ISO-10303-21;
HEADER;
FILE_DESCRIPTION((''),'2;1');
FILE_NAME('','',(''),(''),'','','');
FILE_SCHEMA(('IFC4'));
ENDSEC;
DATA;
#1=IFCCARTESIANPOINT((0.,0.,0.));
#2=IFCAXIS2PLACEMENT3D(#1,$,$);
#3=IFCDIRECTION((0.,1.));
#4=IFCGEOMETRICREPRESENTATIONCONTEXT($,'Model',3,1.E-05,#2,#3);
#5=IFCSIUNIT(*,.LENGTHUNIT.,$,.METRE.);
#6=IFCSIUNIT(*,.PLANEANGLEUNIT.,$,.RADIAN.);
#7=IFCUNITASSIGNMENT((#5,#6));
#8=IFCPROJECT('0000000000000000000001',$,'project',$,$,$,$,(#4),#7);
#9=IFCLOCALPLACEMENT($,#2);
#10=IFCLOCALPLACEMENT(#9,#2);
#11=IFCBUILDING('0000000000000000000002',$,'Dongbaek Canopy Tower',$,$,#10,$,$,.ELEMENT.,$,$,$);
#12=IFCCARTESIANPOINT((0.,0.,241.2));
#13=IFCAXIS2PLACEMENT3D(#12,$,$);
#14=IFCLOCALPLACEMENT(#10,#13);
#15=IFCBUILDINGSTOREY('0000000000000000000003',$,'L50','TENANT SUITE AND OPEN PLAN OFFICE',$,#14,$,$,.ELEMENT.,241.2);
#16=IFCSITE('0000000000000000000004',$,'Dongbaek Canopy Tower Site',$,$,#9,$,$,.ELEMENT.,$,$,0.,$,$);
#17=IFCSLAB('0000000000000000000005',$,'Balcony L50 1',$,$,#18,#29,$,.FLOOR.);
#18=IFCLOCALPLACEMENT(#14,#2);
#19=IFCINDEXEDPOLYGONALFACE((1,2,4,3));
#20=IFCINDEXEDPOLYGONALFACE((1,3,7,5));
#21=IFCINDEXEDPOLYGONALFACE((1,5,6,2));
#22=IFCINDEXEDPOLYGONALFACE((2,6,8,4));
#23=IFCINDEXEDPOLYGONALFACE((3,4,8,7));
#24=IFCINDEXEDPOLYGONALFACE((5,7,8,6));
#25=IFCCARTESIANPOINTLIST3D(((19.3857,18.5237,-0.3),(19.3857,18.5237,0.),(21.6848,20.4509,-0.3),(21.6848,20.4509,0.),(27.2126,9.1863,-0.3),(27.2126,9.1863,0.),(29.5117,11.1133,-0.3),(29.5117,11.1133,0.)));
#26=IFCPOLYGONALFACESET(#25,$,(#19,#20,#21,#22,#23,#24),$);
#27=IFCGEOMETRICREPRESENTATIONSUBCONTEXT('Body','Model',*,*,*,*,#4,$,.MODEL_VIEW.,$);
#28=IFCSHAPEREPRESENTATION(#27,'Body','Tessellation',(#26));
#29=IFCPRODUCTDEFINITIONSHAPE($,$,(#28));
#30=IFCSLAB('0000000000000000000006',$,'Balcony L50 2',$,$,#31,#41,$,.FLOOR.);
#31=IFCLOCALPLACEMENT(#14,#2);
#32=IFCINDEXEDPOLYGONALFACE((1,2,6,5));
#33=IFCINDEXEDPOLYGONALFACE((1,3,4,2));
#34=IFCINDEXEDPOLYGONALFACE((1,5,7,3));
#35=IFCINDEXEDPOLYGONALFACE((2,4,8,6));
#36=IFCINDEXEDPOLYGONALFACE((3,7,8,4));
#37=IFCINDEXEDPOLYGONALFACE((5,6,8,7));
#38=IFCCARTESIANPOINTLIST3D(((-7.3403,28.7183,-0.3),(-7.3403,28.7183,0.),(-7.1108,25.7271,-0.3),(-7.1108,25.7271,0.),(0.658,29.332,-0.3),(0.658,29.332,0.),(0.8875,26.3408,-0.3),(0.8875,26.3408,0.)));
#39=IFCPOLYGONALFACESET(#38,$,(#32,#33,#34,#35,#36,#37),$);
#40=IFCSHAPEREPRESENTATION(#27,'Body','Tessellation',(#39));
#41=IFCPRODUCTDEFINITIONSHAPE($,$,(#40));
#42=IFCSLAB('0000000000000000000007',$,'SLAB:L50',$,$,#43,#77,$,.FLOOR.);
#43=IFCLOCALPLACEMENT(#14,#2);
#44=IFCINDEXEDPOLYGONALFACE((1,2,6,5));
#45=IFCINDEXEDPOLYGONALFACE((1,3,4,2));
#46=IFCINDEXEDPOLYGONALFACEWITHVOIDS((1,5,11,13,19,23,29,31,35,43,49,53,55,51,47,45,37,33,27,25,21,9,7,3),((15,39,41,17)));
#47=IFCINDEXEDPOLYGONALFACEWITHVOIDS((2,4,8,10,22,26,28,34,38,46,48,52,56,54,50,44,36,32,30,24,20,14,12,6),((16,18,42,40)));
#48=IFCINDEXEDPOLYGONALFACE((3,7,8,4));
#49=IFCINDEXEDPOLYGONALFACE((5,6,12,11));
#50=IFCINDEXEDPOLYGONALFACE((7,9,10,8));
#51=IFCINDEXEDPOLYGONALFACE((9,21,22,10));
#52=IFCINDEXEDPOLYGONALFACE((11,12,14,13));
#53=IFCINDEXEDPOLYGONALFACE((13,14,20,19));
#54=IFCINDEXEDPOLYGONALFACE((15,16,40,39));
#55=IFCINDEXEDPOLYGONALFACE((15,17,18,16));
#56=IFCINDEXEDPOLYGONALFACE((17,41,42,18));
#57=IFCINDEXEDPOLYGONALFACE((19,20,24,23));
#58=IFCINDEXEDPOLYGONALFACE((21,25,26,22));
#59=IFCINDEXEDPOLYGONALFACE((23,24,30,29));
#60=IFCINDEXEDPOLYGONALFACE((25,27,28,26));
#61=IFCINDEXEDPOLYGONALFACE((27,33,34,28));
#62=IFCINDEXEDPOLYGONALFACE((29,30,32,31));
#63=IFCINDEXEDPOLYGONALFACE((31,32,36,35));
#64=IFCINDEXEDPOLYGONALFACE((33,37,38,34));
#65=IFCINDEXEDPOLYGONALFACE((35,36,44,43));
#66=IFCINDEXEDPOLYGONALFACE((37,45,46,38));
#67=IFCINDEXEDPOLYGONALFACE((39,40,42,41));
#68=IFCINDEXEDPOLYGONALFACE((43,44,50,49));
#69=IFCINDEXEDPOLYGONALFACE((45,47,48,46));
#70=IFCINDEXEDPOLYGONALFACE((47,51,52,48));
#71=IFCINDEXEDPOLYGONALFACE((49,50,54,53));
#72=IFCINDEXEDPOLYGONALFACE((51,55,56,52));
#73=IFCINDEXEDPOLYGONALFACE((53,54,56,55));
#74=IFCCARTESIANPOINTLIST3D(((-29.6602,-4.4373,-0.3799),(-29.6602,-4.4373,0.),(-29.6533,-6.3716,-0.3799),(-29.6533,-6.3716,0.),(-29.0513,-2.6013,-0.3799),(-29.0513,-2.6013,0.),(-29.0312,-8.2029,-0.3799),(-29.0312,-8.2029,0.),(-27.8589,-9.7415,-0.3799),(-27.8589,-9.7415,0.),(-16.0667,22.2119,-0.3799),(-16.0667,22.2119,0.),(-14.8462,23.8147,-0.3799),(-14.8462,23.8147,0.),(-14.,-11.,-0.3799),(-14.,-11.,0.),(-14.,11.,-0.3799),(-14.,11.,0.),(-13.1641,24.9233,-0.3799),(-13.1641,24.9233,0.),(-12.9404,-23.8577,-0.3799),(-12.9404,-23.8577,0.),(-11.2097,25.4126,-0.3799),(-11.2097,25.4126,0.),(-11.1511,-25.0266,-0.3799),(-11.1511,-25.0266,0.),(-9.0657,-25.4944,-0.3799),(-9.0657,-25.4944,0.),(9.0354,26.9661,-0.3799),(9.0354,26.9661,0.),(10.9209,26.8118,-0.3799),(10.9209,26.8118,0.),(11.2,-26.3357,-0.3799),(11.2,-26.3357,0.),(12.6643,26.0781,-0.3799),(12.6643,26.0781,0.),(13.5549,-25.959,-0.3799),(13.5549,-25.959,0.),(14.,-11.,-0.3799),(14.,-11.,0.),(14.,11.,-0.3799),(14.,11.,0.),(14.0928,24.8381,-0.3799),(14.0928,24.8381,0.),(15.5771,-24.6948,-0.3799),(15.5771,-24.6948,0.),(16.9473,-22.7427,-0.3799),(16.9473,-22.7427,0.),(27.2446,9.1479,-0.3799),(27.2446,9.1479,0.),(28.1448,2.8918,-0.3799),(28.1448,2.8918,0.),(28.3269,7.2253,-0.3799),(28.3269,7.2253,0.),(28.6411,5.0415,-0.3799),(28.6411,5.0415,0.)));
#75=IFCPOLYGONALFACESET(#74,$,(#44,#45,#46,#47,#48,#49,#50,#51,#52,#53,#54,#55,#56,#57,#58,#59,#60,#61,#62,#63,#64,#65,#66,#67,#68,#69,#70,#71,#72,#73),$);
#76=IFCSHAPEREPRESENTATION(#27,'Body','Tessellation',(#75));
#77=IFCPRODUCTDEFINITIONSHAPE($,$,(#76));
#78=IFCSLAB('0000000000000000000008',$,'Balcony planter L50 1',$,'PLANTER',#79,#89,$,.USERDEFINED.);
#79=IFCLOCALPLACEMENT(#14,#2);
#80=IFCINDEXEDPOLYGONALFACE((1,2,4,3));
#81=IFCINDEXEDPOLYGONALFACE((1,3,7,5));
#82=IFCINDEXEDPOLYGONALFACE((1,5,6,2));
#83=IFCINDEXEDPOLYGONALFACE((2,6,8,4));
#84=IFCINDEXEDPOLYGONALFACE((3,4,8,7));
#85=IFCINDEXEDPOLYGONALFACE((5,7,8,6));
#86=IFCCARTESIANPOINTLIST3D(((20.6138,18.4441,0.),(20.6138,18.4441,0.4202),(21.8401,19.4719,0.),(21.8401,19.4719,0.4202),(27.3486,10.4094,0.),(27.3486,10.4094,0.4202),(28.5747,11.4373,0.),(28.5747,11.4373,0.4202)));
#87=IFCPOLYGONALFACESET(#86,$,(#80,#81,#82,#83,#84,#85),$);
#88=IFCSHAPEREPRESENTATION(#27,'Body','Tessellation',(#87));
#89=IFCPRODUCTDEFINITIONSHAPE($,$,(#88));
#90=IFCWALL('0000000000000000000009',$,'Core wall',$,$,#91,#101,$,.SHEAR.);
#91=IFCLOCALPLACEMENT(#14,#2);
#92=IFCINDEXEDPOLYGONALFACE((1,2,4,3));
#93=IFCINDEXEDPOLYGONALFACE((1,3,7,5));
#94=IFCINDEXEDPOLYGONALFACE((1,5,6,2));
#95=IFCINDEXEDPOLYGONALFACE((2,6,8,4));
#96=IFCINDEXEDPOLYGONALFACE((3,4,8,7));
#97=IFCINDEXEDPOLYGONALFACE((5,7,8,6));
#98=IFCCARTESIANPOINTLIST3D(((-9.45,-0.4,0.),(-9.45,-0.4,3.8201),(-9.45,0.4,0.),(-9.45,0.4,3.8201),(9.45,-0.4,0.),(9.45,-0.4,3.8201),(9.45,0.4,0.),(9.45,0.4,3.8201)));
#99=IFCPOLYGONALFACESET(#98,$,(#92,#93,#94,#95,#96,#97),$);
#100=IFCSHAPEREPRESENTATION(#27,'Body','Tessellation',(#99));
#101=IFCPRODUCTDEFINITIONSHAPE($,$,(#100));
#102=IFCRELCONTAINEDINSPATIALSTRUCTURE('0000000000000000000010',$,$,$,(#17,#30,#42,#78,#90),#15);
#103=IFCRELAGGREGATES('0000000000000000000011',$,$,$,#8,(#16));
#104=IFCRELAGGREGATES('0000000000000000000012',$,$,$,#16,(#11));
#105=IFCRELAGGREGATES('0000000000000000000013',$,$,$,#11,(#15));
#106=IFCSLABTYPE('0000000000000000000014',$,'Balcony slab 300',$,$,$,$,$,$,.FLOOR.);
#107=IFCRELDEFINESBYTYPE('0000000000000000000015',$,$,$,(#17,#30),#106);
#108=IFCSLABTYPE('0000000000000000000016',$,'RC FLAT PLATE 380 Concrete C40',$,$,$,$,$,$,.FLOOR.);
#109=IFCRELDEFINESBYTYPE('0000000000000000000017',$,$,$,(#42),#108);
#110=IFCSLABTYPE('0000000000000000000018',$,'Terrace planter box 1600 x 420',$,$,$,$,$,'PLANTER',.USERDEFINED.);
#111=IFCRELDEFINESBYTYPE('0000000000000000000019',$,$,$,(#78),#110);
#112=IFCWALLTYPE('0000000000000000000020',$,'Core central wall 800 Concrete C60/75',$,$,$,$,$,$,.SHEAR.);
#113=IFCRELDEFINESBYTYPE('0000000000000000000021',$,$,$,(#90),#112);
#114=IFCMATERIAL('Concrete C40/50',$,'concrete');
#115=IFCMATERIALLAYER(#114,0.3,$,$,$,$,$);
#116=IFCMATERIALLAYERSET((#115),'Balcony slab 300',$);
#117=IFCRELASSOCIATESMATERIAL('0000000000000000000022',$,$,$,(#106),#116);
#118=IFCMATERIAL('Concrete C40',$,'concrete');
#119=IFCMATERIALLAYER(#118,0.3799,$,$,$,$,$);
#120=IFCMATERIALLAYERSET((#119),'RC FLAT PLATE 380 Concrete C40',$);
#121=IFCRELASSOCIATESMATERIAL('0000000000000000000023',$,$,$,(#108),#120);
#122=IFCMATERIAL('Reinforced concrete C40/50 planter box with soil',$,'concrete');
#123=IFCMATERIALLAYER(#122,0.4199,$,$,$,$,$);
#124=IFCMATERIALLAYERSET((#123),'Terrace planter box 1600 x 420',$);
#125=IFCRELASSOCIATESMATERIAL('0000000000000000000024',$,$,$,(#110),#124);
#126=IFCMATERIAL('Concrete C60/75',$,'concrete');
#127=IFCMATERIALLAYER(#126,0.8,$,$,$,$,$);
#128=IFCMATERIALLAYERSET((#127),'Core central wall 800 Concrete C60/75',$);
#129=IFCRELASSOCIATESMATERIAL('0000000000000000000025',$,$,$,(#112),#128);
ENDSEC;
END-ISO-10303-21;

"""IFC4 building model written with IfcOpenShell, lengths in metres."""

from ifc_helpers import new_model, si_unit, direction, frame, frame_2d, origin, place, context, subcontext, project, spatial, polyline, rectangle, outline, extrude, material, layer, layer_set, type_object, element, save


model = new_model("IFC4")

# Units and contexts
model_context = context("Model", 3, precision=1e-05, world=origin(), true_north=direction((0.0, 1.0)))
body_context = subcontext(model_context, "Body", "Model", "MODEL_VIEW")
ifc_project = project(units=[si_unit("LENGTHUNIT", "METRE"), si_unit("PLANEANGLEUNIT", "RADIAN")], contexts=[model_context])

# Site, building, storey
site_placement = place(None, origin())
site = spatial("IfcSite", under=ifc_project, at=site_placement, Name="Dongbaek Canopy Tower Site", CompositionType="ELEMENT", RefElevation=0.0)
building_placement = place(site_placement, origin())
building = spatial("IfcBuilding", under=site, at=building_placement, Name="Dongbaek Canopy Tower", CompositionType="ELEMENT")
storey_placement = place(building_placement, frame((0.0, 0.0, 241.2)))
storey = spatial("IfcBuildingStorey", under=building, at=storey_placement, Name="L50", Description="TENANT SUITE AND OPEN PLAN OFFICE", CompositionType="ELEMENT", Elevation=241.2)

# Slabs
ifc_material_1 = material(Name="Concrete C40/50", Category="concrete")
ifc_layer_1 = layer(ifc_material_1, 0.3)
ifc_layer_set_1 = layer_set([ifc_layer_1], Name="Balcony slab 300")
slab_type_1 = type_object("IfcSlabType", Name="Balcony slab 300", PredefinedType="FLOOR", material=ifc_layer_set_1)
slab_1_placement = place(storey_placement, frame((0.0, 0.0, -0.3)))
element("IfcSlab", 1, at=slab_1_placement, inside=storey, type_object=slab_type_1, Name="Balcony L50 1", PredefinedType="FLOOR", context=body_context, shape_type="SweptSolid", body=[
    extrude(outline(polyline([(27.2126, 9.1863), (19.3857, 18.5237), (21.6848, 20.4509), (29.5117, 11.1133), (27.2126, 9.1863)])), origin(), (0.0, 0.0, 1.0), 0.3),
])
slab_2_placement = place(storey_placement, frame((0.0, 0.0, -0.3)))
element("IfcSlab", 2, at=slab_2_placement, inside=storey, type_object=slab_type_1, Name="Balcony L50 2", PredefinedType="FLOOR", context=body_context, shape_type="SweptSolid", body=[
    extrude(outline(polyline([(0.8875, 26.3408), (-7.1108, 25.7271), (-7.3403, 28.7183), (0.658, 29.332), (0.8875, 26.3408)])), origin(), (0.0, 0.0, 1.0), 0.3),
])
ifc_material_2 = material(Name="Concrete C40", Category="concrete")
ifc_layer_2 = layer(ifc_material_2, 0.3799)
ifc_layer_set_2 = layer_set([ifc_layer_2], Name="RC FLAT PLATE 380 Concrete C40")
slab_type_2 = type_object("IfcSlabType", Name="RC FLAT PLATE 380 Concrete C40", PredefinedType="FLOOR", material=ifc_layer_set_2)
slab_3_placement = place(storey_placement, frame((0.0, 0.0, -0.3799)))
element("IfcSlab", 3, at=slab_3_placement, inside=storey, type_object=slab_type_2, Name="SLAB:L50", PredefinedType="FLOOR", context=body_context, shape_type="SweptSolid", body=[
    extrude(outline(polyline([(16.9473, -22.7427), (15.5771, -24.6948), (13.5549, -25.959), (11.2, -26.3357), (-9.0657, -25.4944), (-11.1511, -25.0266), (-12.9404, -23.8577), (-27.8589, -9.7415), (-29.0312, -8.2029), (-29.6533, -6.3716), (-29.6602, -4.4373), (-29.0513, -2.6013), (-16.0667, 22.2119), (-14.8462, 23.8147), (-13.1641, 24.9233), (-11.2097, 25.4126), (9.0354, 26.9661), (10.9209, 26.8118), (12.6643, 26.0781), (14.0928, 24.8381), (27.2446, 9.1479), (28.3269, 7.2253), (28.6411, 5.0415), (28.1448, 2.8918), (16.9473, -22.7427)]), holes=[polyline([(14.0, 11.0), (-14.0, 11.0), (-14.0, -11.0), (14.0, -11.0), (14.0, 11.0)])]), origin(), (0.0, 0.0, 1.0), 0.3799),
])
ifc_material_3 = material(Name="Reinforced concrete C40/50 planter box with soil", Category="concrete")
ifc_layer_3 = layer(ifc_material_3, 0.4199)
ifc_layer_set_3 = layer_set([ifc_layer_3], Name="Terrace planter box 1600 x 420")
slab_type_3 = type_object("IfcSlabType", Name="Terrace planter box 1600 x 420", ElementType="PLANTER", PredefinedType="USERDEFINED", material=ifc_layer_set_3)
slab_4_placement = place(storey_placement, origin())
element("IfcSlab", 4, at=slab_4_placement, inside=storey, type_object=slab_type_3, Name="Balcony planter L50 1", ObjectType="PLANTER", PredefinedType="USERDEFINED", context=body_context, shape_type="SweptSolid", body=[
    extrude(outline(polyline([(27.3486, 10.4094), (20.6138, 18.4441), (21.8401, 19.4719), (28.5747, 11.4373), (27.3486, 10.4094)])), origin(), (0.0, 0.0, 1.0), 0.4202),
])

# Wall
ifc_material_4 = material(Name="Concrete C60/75", Category="concrete")
ifc_layer_4 = layer(ifc_material_4, 0.8)
ifc_layer_set_4 = layer_set([ifc_layer_4], Name="Core central wall 800 Concrete C60/75")
wall_type_1 = type_object("IfcWallType", Name="Core central wall 800 Concrete C60/75", PredefinedType="SHEAR", material=ifc_layer_set_4)
wall_1_placement = place(storey_placement, frame((-9.45, 0.0, 0.0), z_axis=(0.0, 0.0, 1.0), x_axis=(1.0, 0.0, 0.0)))
element("IfcWall", 5, at=wall_1_placement, inside=storey, type_object=wall_type_1, Name="Core wall", PredefinedType="SHEAR", context=body_context, shape_type="SweptSolid", body=[
    extrude(rectangle(XDim=18.8999, YDim=0.8, at=frame_2d((9.45, 0.0))), origin(), (0.0, 0.0, 1.0), 3.8201),
])

save(model, "model.ifc")
